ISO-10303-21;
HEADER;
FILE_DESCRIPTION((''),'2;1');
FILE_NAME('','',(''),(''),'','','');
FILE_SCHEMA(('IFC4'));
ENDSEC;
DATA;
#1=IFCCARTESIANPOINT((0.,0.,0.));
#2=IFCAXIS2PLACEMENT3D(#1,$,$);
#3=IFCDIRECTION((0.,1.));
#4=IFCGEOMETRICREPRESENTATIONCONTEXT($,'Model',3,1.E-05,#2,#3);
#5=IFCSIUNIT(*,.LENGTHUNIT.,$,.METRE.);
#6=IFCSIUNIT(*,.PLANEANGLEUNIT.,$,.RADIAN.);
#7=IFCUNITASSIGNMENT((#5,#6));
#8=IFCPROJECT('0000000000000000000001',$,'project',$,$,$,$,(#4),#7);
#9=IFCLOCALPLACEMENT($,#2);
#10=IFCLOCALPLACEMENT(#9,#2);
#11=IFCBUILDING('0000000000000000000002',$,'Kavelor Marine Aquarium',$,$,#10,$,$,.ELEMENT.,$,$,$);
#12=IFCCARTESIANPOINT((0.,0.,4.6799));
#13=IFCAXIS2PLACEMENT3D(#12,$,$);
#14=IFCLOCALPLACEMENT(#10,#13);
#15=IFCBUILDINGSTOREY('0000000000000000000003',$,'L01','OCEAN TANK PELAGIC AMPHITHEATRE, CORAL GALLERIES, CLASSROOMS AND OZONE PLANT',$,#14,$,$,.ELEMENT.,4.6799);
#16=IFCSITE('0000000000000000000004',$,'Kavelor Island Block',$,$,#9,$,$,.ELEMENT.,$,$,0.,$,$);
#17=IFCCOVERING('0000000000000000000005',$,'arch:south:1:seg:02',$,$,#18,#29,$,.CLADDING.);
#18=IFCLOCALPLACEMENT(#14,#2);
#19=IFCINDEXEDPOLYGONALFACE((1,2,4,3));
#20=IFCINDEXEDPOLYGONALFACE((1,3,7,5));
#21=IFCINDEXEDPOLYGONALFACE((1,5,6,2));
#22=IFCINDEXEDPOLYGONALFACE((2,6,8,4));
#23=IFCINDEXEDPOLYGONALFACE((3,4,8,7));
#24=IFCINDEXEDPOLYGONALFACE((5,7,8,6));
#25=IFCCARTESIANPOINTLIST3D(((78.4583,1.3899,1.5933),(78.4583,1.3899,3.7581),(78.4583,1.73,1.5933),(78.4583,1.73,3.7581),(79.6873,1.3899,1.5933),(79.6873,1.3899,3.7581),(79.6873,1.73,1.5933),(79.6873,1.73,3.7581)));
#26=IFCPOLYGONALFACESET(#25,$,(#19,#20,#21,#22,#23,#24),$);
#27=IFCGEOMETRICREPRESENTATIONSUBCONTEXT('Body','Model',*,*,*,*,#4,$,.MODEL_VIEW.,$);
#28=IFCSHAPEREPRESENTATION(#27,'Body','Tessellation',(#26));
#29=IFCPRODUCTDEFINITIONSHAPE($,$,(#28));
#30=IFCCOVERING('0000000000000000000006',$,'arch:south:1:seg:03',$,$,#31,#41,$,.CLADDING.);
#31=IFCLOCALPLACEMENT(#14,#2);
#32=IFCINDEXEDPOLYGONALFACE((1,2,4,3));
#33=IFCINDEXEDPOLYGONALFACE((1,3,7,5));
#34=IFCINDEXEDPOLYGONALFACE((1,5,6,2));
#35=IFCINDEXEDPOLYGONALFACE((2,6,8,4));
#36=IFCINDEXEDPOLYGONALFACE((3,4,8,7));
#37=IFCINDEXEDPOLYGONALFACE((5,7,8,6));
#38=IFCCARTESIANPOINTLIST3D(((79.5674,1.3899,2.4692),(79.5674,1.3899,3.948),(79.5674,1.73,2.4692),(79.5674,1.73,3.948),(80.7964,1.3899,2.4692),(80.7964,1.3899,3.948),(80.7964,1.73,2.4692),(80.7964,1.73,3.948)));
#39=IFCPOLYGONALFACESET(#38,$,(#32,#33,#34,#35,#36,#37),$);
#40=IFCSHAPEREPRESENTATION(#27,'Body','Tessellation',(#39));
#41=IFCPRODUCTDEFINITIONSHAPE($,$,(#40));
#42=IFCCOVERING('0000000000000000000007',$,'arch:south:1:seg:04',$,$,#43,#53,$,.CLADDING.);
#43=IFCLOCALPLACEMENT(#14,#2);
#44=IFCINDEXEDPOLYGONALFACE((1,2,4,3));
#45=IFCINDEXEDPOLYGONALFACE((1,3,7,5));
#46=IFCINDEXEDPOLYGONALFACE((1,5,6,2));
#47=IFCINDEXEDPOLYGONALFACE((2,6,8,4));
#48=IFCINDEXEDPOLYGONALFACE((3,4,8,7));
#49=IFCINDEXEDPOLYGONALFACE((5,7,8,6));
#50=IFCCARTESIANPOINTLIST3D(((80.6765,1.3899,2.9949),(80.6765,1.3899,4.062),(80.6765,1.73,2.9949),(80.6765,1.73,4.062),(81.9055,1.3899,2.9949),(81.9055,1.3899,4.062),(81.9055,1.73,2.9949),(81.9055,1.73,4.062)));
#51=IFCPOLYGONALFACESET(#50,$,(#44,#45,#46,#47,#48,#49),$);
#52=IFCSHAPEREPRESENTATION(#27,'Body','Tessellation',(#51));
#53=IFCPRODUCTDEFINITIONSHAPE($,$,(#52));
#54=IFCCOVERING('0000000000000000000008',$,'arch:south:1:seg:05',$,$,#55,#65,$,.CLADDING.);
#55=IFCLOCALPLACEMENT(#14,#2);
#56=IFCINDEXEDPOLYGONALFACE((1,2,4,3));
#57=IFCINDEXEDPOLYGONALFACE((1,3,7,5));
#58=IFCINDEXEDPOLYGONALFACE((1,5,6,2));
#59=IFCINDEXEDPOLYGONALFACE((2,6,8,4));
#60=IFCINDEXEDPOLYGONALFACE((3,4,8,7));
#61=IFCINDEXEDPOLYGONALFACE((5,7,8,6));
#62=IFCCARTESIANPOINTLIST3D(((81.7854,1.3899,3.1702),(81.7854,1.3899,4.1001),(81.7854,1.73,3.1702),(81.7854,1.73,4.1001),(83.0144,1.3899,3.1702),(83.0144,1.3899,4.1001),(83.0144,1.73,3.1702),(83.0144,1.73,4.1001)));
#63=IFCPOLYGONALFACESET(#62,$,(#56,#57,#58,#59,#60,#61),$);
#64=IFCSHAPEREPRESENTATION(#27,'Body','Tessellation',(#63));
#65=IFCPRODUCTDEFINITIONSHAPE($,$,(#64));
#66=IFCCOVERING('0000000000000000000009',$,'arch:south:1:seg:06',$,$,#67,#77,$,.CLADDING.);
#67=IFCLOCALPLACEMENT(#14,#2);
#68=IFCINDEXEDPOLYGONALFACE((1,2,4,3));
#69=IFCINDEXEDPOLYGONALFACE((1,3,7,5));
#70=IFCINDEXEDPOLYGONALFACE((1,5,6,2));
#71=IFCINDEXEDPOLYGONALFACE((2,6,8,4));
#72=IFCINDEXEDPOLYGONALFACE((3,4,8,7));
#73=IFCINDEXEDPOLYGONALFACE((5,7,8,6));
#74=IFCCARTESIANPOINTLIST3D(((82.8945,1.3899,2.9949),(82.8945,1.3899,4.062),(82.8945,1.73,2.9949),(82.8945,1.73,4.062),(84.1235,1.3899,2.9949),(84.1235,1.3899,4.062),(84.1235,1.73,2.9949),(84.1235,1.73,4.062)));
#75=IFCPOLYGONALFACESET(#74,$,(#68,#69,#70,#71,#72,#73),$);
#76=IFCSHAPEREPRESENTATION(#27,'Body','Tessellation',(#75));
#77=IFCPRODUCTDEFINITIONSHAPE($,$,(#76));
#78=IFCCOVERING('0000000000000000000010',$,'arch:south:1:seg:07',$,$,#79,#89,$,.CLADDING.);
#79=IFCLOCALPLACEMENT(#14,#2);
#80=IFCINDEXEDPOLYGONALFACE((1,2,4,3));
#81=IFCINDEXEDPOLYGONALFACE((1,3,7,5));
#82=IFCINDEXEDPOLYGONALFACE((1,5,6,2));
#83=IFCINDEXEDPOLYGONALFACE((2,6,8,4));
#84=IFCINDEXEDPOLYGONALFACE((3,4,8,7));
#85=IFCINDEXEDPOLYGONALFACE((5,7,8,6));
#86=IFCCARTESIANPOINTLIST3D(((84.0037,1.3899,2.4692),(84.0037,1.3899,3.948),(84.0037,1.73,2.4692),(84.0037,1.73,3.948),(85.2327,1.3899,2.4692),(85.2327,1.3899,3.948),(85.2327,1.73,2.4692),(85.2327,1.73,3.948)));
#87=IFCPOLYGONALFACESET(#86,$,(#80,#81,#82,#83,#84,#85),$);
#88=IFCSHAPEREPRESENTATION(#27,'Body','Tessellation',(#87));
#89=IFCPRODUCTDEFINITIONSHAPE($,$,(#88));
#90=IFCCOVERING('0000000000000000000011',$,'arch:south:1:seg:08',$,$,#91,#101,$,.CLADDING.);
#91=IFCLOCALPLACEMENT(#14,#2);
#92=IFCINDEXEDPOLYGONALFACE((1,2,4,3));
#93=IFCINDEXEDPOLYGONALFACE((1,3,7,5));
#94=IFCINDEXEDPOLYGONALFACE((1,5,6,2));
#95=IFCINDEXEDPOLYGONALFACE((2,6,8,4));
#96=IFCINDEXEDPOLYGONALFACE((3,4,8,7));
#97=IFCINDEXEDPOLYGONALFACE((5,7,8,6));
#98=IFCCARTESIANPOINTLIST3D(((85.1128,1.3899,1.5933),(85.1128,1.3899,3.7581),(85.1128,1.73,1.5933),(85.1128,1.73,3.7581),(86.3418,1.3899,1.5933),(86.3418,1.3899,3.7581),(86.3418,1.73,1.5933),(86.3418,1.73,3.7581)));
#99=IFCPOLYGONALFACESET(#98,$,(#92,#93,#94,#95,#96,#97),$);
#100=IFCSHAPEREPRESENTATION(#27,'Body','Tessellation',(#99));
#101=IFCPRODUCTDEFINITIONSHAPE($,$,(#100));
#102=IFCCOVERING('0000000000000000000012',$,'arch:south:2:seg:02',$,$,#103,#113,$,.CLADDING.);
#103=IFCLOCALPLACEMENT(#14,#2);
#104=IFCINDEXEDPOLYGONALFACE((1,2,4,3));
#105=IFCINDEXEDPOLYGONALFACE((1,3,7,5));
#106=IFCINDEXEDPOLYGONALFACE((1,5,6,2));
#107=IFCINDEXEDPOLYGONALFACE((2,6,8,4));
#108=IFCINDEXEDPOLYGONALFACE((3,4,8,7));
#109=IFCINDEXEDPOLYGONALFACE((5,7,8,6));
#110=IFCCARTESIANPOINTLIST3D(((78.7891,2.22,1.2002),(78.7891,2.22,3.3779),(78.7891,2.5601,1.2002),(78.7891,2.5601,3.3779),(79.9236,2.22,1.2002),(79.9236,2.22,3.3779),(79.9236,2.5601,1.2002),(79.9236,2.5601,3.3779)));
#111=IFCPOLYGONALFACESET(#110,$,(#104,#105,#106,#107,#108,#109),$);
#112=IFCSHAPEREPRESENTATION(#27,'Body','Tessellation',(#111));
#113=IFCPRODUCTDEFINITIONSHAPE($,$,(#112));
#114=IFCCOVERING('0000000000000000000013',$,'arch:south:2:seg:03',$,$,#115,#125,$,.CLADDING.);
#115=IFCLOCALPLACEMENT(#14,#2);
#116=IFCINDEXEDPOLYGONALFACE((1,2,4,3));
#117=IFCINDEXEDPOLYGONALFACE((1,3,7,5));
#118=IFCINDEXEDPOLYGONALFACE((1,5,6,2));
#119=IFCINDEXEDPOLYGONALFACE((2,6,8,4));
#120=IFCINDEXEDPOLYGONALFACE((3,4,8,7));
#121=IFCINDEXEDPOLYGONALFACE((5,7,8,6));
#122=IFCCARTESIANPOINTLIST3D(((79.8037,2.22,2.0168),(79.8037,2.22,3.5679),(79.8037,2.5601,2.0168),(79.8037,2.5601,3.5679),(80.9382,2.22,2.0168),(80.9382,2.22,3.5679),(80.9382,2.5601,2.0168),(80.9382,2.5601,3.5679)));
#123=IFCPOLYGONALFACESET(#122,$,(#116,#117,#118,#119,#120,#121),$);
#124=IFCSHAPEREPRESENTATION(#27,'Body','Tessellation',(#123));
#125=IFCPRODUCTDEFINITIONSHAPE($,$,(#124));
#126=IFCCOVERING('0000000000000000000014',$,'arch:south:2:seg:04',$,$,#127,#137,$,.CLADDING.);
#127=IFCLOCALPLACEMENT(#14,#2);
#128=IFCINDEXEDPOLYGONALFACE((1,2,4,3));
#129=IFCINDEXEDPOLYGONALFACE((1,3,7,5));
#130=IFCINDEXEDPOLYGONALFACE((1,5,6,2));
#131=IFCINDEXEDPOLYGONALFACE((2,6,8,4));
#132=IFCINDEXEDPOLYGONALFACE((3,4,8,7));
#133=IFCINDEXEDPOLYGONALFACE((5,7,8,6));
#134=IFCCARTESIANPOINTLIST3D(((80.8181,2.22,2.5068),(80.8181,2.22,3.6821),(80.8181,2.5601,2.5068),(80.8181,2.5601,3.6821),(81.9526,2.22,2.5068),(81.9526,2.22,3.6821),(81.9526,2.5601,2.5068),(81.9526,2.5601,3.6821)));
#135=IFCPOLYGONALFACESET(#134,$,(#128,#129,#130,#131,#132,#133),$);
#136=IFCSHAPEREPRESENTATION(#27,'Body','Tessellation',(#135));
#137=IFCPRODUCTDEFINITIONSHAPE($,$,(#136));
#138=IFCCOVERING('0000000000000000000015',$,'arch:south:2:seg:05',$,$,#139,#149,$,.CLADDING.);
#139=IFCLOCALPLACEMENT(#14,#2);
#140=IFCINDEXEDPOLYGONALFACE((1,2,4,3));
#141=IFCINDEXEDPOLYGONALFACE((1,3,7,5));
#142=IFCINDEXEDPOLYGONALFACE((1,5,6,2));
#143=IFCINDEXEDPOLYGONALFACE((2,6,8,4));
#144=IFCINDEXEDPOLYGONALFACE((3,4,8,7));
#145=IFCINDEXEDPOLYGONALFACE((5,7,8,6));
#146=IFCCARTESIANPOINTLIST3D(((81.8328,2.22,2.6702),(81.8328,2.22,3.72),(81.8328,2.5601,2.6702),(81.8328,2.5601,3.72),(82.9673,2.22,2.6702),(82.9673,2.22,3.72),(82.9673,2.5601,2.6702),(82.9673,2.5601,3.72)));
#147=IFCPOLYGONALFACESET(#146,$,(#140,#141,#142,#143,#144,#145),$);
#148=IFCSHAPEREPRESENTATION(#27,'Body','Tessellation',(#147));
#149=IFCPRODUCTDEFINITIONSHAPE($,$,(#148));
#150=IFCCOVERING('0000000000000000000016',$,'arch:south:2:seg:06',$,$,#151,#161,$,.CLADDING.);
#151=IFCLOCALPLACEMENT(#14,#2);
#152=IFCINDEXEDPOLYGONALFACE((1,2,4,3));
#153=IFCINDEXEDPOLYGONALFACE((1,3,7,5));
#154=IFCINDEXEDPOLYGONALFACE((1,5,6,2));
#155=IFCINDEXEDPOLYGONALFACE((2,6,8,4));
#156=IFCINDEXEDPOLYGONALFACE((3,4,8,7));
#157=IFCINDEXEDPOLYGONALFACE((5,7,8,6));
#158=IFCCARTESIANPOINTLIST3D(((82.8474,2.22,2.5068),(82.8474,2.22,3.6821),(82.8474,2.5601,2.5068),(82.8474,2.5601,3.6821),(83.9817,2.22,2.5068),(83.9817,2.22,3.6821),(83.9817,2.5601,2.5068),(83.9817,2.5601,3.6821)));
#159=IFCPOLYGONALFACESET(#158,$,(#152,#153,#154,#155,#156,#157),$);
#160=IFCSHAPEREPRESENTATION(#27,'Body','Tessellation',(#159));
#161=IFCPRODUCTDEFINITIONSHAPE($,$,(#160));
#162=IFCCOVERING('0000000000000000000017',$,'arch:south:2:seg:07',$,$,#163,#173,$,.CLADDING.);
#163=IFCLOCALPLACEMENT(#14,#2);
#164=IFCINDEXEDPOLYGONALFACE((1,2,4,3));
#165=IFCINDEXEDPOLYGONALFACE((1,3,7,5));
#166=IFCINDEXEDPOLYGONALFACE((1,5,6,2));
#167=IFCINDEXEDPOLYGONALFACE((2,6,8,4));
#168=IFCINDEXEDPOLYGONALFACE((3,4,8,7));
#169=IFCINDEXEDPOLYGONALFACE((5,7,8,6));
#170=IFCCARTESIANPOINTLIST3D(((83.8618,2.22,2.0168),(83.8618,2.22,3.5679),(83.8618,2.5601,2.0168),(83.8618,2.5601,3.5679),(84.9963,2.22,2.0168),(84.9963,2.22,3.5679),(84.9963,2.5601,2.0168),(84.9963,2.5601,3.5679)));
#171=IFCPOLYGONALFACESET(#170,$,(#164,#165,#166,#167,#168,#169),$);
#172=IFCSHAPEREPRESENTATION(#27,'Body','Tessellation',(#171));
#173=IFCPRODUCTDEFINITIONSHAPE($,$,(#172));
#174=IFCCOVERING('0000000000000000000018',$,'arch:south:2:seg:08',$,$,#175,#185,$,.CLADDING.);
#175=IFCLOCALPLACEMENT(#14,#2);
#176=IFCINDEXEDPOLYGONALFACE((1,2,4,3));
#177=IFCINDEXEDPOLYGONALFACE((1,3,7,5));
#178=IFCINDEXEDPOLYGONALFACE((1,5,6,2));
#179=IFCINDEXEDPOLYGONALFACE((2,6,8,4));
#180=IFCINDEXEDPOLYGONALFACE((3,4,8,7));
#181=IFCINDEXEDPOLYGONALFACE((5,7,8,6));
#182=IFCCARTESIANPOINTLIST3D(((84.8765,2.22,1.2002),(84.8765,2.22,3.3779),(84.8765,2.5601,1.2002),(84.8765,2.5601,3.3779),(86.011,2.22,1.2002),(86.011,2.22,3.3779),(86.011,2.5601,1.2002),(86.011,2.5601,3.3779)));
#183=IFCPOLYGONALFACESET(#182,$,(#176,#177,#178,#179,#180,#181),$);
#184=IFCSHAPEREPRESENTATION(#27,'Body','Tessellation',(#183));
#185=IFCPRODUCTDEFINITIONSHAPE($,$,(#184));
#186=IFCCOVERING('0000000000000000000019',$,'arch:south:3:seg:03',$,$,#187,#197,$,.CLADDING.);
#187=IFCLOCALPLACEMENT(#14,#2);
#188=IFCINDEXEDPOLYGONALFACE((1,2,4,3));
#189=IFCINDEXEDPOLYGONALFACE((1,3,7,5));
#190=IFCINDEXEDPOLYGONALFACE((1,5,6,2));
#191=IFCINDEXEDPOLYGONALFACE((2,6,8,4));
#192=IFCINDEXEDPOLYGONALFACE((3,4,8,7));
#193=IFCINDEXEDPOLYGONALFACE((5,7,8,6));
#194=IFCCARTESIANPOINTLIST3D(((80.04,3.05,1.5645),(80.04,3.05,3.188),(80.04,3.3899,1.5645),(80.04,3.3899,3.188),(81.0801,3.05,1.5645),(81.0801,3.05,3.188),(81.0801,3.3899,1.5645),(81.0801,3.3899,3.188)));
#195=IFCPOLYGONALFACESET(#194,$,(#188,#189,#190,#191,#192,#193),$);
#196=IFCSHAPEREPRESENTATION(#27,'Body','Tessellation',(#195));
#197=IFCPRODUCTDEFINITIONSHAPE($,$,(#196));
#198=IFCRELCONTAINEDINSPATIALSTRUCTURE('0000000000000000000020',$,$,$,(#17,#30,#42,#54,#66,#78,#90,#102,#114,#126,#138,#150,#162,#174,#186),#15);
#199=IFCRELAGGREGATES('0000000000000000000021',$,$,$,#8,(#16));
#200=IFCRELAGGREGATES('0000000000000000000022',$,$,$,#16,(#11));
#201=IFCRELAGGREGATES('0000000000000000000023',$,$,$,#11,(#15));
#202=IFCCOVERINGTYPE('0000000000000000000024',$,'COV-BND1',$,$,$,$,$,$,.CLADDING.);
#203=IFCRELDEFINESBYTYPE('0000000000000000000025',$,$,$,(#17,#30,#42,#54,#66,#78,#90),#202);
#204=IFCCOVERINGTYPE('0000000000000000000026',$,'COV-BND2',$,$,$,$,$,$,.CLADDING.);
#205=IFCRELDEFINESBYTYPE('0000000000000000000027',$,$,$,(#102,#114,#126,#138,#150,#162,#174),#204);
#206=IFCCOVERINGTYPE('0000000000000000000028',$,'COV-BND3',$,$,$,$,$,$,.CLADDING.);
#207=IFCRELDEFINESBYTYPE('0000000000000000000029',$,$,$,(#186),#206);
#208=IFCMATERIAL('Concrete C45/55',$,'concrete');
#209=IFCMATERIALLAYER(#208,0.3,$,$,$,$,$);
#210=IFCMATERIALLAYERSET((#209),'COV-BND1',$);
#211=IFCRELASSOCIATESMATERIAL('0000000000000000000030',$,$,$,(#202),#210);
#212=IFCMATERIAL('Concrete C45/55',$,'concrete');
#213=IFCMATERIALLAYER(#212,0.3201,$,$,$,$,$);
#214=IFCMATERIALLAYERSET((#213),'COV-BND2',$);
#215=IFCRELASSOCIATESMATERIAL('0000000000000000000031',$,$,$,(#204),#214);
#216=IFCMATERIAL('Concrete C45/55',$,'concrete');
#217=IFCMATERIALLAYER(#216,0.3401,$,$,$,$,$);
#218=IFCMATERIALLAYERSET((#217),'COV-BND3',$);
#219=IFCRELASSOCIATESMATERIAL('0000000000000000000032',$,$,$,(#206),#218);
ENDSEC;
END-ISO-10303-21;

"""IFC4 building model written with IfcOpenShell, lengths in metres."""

from ifc_helpers import new_model, si_unit, direction, frame, origin, place, context, subcontext, project, spatial, polyline, outline, extrude, material, layer, layer_set, type_object, element, save


model = new_model("IFC4")

# Units and contexts
model_context = context("Model", 3, precision=1e-05, world=origin(), true_north=direction((0.0, 1.0)))
body_context = subcontext(model_context, "Body", "Model", "MODEL_VIEW")
ifc_project = project(units=[si_unit("LENGTHUNIT", "METRE"), si_unit("PLANEANGLEUNIT", "RADIAN")], contexts=[model_context])

# Site, building, storey
site_placement = place(None, origin())
site = spatial("IfcSite", under=ifc_project, at=site_placement, Name="Kavelor Island Block", CompositionType="ELEMENT", RefElevation=0.0)
building_placement = place(site_placement, origin())
building = spatial("IfcBuilding", under=site, at=building_placement, Name="Kavelor Marine Aquarium", CompositionType="ELEMENT")
storey_placement = place(building_placement, frame((0.0, 0.0, 4.6799)))
storey = spatial("IfcBuildingStorey", under=building, at=storey_placement, Name="L01", Description="OCEAN TANK PELAGIC AMPHITHEATRE, CORAL GALLERIES, CLASSROOMS AND OZONE PLANT", CompositionType="ELEMENT", Elevation=4.6799)

# Coverings
ifc_material_1 = material(Name="Concrete C45/55", Category="concrete")
ifc_layer_1 = layer(ifc_material_1, 0.3)
ifc_layer_set_1 = layer_set([ifc_layer_1], Name="COV-BND1")
covering_type_1 = type_object("IfcCoveringType", Name="COV-BND1", PredefinedType="CLADDING", material=ifc_layer_set_1)
covering_1_placement = place(storey_placement, frame((0.0, 0.0, 1.5933)))
element("IfcCovering", 1, at=covering_1_placement, inside=storey, type_object=covering_type_1, Name="arch:south:1:seg:02", PredefinedType="CLADDING", context=body_context, shape_type="SweptSolid", body=[
    extrude(outline(polyline([(78.4583, 1.3899), (79.6873, 1.3899), (79.6873, 1.73), (78.4583, 1.73), (78.4583, 1.3899)])), origin(), (0.0, 0.0, 1.0), 2.1648),
])
covering_2_placement = place(storey_placement, frame((0.0, 0.0, 2.4692)))
element("IfcCovering", 2, at=covering_2_placement, inside=storey, type_object=covering_type_1, Name="arch:south:1:seg:03", PredefinedType="CLADDING", context=body_context, shape_type="SweptSolid", body=[
    extrude(outline(polyline([(79.5674, 1.3899), (80.7964, 1.3899), (80.7964, 1.73), (79.5674, 1.73), (79.5674, 1.3899)])), origin(), (0.0, 0.0, 1.0), 1.4788),
])
covering_3_placement = place(storey_placement, frame((0.0, 0.0, 2.9949)))
element("IfcCovering", 3, at=covering_3_placement, inside=storey, type_object=covering_type_1, Name="arch:south:1:seg:04", PredefinedType="CLADDING", context=body_context, shape_type="SweptSolid", body=[
    extrude(outline(polyline([(80.6765, 1.3899), (81.9055, 1.3899), (81.9055, 1.73), (80.6765, 1.73), (80.6765, 1.3899)])), origin(), (0.0, 0.0, 1.0), 1.0671),
])
covering_4_placement = place(storey_placement, frame((0.0, 0.0, 3.1702)))
element("IfcCovering", 4, at=covering_4_placement, inside=storey, type_object=covering_type_1, Name="arch:south:1:seg:05", PredefinedType="CLADDING", context=body_context, shape_type="SweptSolid", body=[
    extrude(outline(polyline([(81.7854, 1.3899), (83.0144, 1.3899), (83.0144, 1.73), (81.7854, 1.73), (81.7854, 1.3899)])), origin(), (0.0, 0.0, 1.0), 0.9299),
])
covering_5_placement = place(storey_placement, frame((0.0, 0.0, 2.9949)))
element("IfcCovering", 5, at=covering_5_placement, inside=storey, type_object=covering_type_1, Name="arch:south:1:seg:06", PredefinedType="CLADDING", context=body_context, shape_type="SweptSolid", body=[
    extrude(outline(polyline([(82.8945, 1.3899), (84.1235, 1.3899), (84.1235, 1.73), (82.8945, 1.73), (82.8945, 1.3899)])), origin(), (0.0, 0.0, 1.0), 1.0671),
])
covering_6_placement = place(storey_placement, frame((0.0, 0.0, 2.4692)))
element("IfcCovering", 6, at=covering_6_placement, inside=storey, type_object=covering_type_1, Name="arch:south:1:seg:07", PredefinedType="CLADDING", context=body_context, shape_type="SweptSolid", body=[
    extrude(outline(polyline([(84.0037, 1.3899), (85.2327, 1.3899), (85.2327, 1.73), (84.0037, 1.73), (84.0037, 1.3899)])), origin(), (0.0, 0.0, 1.0), 1.4788),
])
covering_7_placement = place(storey_placement, frame((0.0, 0.0, 1.5933)))
element("IfcCovering", 7, at=covering_7_placement, inside=storey, type_object=covering_type_1, Name="arch:south:1:seg:08", PredefinedType="CLADDING", context=body_context, shape_type="SweptSolid", body=[
    extrude(outline(polyline([(85.1128, 1.3899), (86.3418, 1.3899), (86.3418, 1.73), (85.1128, 1.73), (85.1128, 1.3899)])), origin(), (0.0, 0.0, 1.0), 2.1648),
])
ifc_material_2 = material(Name="Concrete C45/55", Category="concrete")
ifc_layer_2 = layer(ifc_material_2, 0.3201)
ifc_layer_set_2 = layer_set([ifc_layer_2], Name="COV-BND2")
covering_type_2 = type_object("IfcCoveringType", Name="COV-BND2", PredefinedType="CLADDING", material=ifc_layer_set_2)
covering_8_placement = place(storey_placement, frame((0.0, 0.0, 1.2002)))
element("IfcCovering", 8, at=covering_8_placement, inside=storey, type_object=covering_type_2, Name="arch:south:2:seg:02", PredefinedType="CLADDING", context=body_context, shape_type="SweptSolid", body=[
    extrude(outline(polyline([(78.7891, 2.22), (79.9236, 2.22), (79.9236, 2.5601), (78.7891, 2.5601), (78.7891, 2.22)])), origin(), (0.0, 0.0, 1.0), 2.1777),
])
covering_9_placement = place(storey_placement, frame((0.0, 0.0, 2.0168)))
element("IfcCovering", 9, at=covering_9_placement, inside=storey, type_object=covering_type_2, Name="arch:south:2:seg:03", PredefinedType="CLADDING", context=body_context, shape_type="SweptSolid", body=[
    extrude(outline(polyline([(79.8037, 2.22), (80.9382, 2.22), (80.9382, 2.5601), (79.8037, 2.5601), (79.8037, 2.22)])), origin(), (0.0, 0.0, 1.0), 1.551),
])
covering_10_placement = place(storey_placement, frame((0.0, 0.0, 2.5068)))
element("IfcCovering", 10, at=covering_10_placement, inside=storey, type_object=covering_type_2, Name="arch:south:2:seg:04", PredefinedType="CLADDING", context=body_context, shape_type="SweptSolid", body=[
    extrude(outline(polyline([(80.8181, 2.22), (81.9526, 2.22), (81.9526, 2.5601), (80.8181, 2.5601), (80.8181, 2.22)])), origin(), (0.0, 0.0, 1.0), 1.1753),
])
covering_11_placement = place(storey_placement, frame((0.0, 0.0, 2.6702)))
element("IfcCovering", 11, at=covering_11_placement, inside=storey, type_object=covering_type_2, Name="arch:south:2:seg:05", PredefinedType="CLADDING", context=body_context, shape_type="SweptSolid", body=[
    extrude(outline(polyline([(81.8328, 2.22), (82.9673, 2.22), (82.9673, 2.5601), (81.8328, 2.5601), (81.8328, 2.22)])), origin(), (0.0, 0.0, 1.0), 1.0498),
])
covering_12_placement = place(storey_placement, frame((0.0, 0.0, 2.5068)))
element("IfcCovering", 12, at=covering_12_placement, inside=storey, type_object=covering_type_2, Name="arch:south:2:seg:06", PredefinedType="CLADDING", context=body_context, shape_type="SweptSolid", body=[
    extrude(outline(polyline([(82.8474, 2.22), (83.9817, 2.22), (83.9817, 2.5601), (82.8474, 2.5601), (82.8474, 2.22)])), origin(), (0.0, 0.0, 1.0), 1.1753),
])
covering_13_placement = place(storey_placement, frame((0.0, 0.0, 2.0168)))
element("IfcCovering", 13, at=covering_13_placement, inside=storey, type_object=covering_type_2, Name="arch:south:2:seg:07", PredefinedType="CLADDING", context=body_context, shape_type="SweptSolid", body=[
    extrude(outline(polyline([(83.8618, 2.22), (84.9963, 2.22), (84.9963, 2.5601), (83.8618, 2.5601), (83.8618, 2.22)])), origin(), (0.0, 0.0, 1.0), 1.551),
])
covering_14_placement = place(storey_placement, frame((0.0, 0.0, 1.2002)))
element("IfcCovering", 14, at=covering_14_placement, inside=storey, type_object=covering_type_2, Name="arch:south:2:seg:08", PredefinedType="CLADDING", context=body_context, shape_type="SweptSolid", body=[
    extrude(outline(polyline([(84.8765, 2.22), (86.011, 2.22), (86.011, 2.5601), (84.8765, 2.5601), (84.8765, 2.22)])), origin(), (0.0, 0.0, 1.0), 2.1777),
])
ifc_material_3 = material(Name="Concrete C45/55", Category="concrete")
ifc_layer_3 = layer(ifc_material_3, 0.3401)
ifc_layer_set_3 = layer_set([ifc_layer_3], Name="COV-BND3")
covering_type_3 = type_object("IfcCoveringType", Name="COV-BND3", PredefinedType="CLADDING", material=ifc_layer_set_3)
covering_15_placement = place(storey_placement, frame((0.0, 0.0, 1.5645)))
element("IfcCovering", 15, at=covering_15_placement, inside=storey, type_object=covering_type_3, Name="arch:south:3:seg:03", PredefinedType="CLADDING", context=body_context, shape_type="SweptSolid", body=[
    extrude(outline(polyline([(80.04, 3.05), (81.0801, 3.05), (81.0801, 3.3899), (80.04, 3.3899), (80.04, 3.05)])), origin(), (0.0, 0.0, 1.0), 1.6235),
])

save(model, "model.ifc")
